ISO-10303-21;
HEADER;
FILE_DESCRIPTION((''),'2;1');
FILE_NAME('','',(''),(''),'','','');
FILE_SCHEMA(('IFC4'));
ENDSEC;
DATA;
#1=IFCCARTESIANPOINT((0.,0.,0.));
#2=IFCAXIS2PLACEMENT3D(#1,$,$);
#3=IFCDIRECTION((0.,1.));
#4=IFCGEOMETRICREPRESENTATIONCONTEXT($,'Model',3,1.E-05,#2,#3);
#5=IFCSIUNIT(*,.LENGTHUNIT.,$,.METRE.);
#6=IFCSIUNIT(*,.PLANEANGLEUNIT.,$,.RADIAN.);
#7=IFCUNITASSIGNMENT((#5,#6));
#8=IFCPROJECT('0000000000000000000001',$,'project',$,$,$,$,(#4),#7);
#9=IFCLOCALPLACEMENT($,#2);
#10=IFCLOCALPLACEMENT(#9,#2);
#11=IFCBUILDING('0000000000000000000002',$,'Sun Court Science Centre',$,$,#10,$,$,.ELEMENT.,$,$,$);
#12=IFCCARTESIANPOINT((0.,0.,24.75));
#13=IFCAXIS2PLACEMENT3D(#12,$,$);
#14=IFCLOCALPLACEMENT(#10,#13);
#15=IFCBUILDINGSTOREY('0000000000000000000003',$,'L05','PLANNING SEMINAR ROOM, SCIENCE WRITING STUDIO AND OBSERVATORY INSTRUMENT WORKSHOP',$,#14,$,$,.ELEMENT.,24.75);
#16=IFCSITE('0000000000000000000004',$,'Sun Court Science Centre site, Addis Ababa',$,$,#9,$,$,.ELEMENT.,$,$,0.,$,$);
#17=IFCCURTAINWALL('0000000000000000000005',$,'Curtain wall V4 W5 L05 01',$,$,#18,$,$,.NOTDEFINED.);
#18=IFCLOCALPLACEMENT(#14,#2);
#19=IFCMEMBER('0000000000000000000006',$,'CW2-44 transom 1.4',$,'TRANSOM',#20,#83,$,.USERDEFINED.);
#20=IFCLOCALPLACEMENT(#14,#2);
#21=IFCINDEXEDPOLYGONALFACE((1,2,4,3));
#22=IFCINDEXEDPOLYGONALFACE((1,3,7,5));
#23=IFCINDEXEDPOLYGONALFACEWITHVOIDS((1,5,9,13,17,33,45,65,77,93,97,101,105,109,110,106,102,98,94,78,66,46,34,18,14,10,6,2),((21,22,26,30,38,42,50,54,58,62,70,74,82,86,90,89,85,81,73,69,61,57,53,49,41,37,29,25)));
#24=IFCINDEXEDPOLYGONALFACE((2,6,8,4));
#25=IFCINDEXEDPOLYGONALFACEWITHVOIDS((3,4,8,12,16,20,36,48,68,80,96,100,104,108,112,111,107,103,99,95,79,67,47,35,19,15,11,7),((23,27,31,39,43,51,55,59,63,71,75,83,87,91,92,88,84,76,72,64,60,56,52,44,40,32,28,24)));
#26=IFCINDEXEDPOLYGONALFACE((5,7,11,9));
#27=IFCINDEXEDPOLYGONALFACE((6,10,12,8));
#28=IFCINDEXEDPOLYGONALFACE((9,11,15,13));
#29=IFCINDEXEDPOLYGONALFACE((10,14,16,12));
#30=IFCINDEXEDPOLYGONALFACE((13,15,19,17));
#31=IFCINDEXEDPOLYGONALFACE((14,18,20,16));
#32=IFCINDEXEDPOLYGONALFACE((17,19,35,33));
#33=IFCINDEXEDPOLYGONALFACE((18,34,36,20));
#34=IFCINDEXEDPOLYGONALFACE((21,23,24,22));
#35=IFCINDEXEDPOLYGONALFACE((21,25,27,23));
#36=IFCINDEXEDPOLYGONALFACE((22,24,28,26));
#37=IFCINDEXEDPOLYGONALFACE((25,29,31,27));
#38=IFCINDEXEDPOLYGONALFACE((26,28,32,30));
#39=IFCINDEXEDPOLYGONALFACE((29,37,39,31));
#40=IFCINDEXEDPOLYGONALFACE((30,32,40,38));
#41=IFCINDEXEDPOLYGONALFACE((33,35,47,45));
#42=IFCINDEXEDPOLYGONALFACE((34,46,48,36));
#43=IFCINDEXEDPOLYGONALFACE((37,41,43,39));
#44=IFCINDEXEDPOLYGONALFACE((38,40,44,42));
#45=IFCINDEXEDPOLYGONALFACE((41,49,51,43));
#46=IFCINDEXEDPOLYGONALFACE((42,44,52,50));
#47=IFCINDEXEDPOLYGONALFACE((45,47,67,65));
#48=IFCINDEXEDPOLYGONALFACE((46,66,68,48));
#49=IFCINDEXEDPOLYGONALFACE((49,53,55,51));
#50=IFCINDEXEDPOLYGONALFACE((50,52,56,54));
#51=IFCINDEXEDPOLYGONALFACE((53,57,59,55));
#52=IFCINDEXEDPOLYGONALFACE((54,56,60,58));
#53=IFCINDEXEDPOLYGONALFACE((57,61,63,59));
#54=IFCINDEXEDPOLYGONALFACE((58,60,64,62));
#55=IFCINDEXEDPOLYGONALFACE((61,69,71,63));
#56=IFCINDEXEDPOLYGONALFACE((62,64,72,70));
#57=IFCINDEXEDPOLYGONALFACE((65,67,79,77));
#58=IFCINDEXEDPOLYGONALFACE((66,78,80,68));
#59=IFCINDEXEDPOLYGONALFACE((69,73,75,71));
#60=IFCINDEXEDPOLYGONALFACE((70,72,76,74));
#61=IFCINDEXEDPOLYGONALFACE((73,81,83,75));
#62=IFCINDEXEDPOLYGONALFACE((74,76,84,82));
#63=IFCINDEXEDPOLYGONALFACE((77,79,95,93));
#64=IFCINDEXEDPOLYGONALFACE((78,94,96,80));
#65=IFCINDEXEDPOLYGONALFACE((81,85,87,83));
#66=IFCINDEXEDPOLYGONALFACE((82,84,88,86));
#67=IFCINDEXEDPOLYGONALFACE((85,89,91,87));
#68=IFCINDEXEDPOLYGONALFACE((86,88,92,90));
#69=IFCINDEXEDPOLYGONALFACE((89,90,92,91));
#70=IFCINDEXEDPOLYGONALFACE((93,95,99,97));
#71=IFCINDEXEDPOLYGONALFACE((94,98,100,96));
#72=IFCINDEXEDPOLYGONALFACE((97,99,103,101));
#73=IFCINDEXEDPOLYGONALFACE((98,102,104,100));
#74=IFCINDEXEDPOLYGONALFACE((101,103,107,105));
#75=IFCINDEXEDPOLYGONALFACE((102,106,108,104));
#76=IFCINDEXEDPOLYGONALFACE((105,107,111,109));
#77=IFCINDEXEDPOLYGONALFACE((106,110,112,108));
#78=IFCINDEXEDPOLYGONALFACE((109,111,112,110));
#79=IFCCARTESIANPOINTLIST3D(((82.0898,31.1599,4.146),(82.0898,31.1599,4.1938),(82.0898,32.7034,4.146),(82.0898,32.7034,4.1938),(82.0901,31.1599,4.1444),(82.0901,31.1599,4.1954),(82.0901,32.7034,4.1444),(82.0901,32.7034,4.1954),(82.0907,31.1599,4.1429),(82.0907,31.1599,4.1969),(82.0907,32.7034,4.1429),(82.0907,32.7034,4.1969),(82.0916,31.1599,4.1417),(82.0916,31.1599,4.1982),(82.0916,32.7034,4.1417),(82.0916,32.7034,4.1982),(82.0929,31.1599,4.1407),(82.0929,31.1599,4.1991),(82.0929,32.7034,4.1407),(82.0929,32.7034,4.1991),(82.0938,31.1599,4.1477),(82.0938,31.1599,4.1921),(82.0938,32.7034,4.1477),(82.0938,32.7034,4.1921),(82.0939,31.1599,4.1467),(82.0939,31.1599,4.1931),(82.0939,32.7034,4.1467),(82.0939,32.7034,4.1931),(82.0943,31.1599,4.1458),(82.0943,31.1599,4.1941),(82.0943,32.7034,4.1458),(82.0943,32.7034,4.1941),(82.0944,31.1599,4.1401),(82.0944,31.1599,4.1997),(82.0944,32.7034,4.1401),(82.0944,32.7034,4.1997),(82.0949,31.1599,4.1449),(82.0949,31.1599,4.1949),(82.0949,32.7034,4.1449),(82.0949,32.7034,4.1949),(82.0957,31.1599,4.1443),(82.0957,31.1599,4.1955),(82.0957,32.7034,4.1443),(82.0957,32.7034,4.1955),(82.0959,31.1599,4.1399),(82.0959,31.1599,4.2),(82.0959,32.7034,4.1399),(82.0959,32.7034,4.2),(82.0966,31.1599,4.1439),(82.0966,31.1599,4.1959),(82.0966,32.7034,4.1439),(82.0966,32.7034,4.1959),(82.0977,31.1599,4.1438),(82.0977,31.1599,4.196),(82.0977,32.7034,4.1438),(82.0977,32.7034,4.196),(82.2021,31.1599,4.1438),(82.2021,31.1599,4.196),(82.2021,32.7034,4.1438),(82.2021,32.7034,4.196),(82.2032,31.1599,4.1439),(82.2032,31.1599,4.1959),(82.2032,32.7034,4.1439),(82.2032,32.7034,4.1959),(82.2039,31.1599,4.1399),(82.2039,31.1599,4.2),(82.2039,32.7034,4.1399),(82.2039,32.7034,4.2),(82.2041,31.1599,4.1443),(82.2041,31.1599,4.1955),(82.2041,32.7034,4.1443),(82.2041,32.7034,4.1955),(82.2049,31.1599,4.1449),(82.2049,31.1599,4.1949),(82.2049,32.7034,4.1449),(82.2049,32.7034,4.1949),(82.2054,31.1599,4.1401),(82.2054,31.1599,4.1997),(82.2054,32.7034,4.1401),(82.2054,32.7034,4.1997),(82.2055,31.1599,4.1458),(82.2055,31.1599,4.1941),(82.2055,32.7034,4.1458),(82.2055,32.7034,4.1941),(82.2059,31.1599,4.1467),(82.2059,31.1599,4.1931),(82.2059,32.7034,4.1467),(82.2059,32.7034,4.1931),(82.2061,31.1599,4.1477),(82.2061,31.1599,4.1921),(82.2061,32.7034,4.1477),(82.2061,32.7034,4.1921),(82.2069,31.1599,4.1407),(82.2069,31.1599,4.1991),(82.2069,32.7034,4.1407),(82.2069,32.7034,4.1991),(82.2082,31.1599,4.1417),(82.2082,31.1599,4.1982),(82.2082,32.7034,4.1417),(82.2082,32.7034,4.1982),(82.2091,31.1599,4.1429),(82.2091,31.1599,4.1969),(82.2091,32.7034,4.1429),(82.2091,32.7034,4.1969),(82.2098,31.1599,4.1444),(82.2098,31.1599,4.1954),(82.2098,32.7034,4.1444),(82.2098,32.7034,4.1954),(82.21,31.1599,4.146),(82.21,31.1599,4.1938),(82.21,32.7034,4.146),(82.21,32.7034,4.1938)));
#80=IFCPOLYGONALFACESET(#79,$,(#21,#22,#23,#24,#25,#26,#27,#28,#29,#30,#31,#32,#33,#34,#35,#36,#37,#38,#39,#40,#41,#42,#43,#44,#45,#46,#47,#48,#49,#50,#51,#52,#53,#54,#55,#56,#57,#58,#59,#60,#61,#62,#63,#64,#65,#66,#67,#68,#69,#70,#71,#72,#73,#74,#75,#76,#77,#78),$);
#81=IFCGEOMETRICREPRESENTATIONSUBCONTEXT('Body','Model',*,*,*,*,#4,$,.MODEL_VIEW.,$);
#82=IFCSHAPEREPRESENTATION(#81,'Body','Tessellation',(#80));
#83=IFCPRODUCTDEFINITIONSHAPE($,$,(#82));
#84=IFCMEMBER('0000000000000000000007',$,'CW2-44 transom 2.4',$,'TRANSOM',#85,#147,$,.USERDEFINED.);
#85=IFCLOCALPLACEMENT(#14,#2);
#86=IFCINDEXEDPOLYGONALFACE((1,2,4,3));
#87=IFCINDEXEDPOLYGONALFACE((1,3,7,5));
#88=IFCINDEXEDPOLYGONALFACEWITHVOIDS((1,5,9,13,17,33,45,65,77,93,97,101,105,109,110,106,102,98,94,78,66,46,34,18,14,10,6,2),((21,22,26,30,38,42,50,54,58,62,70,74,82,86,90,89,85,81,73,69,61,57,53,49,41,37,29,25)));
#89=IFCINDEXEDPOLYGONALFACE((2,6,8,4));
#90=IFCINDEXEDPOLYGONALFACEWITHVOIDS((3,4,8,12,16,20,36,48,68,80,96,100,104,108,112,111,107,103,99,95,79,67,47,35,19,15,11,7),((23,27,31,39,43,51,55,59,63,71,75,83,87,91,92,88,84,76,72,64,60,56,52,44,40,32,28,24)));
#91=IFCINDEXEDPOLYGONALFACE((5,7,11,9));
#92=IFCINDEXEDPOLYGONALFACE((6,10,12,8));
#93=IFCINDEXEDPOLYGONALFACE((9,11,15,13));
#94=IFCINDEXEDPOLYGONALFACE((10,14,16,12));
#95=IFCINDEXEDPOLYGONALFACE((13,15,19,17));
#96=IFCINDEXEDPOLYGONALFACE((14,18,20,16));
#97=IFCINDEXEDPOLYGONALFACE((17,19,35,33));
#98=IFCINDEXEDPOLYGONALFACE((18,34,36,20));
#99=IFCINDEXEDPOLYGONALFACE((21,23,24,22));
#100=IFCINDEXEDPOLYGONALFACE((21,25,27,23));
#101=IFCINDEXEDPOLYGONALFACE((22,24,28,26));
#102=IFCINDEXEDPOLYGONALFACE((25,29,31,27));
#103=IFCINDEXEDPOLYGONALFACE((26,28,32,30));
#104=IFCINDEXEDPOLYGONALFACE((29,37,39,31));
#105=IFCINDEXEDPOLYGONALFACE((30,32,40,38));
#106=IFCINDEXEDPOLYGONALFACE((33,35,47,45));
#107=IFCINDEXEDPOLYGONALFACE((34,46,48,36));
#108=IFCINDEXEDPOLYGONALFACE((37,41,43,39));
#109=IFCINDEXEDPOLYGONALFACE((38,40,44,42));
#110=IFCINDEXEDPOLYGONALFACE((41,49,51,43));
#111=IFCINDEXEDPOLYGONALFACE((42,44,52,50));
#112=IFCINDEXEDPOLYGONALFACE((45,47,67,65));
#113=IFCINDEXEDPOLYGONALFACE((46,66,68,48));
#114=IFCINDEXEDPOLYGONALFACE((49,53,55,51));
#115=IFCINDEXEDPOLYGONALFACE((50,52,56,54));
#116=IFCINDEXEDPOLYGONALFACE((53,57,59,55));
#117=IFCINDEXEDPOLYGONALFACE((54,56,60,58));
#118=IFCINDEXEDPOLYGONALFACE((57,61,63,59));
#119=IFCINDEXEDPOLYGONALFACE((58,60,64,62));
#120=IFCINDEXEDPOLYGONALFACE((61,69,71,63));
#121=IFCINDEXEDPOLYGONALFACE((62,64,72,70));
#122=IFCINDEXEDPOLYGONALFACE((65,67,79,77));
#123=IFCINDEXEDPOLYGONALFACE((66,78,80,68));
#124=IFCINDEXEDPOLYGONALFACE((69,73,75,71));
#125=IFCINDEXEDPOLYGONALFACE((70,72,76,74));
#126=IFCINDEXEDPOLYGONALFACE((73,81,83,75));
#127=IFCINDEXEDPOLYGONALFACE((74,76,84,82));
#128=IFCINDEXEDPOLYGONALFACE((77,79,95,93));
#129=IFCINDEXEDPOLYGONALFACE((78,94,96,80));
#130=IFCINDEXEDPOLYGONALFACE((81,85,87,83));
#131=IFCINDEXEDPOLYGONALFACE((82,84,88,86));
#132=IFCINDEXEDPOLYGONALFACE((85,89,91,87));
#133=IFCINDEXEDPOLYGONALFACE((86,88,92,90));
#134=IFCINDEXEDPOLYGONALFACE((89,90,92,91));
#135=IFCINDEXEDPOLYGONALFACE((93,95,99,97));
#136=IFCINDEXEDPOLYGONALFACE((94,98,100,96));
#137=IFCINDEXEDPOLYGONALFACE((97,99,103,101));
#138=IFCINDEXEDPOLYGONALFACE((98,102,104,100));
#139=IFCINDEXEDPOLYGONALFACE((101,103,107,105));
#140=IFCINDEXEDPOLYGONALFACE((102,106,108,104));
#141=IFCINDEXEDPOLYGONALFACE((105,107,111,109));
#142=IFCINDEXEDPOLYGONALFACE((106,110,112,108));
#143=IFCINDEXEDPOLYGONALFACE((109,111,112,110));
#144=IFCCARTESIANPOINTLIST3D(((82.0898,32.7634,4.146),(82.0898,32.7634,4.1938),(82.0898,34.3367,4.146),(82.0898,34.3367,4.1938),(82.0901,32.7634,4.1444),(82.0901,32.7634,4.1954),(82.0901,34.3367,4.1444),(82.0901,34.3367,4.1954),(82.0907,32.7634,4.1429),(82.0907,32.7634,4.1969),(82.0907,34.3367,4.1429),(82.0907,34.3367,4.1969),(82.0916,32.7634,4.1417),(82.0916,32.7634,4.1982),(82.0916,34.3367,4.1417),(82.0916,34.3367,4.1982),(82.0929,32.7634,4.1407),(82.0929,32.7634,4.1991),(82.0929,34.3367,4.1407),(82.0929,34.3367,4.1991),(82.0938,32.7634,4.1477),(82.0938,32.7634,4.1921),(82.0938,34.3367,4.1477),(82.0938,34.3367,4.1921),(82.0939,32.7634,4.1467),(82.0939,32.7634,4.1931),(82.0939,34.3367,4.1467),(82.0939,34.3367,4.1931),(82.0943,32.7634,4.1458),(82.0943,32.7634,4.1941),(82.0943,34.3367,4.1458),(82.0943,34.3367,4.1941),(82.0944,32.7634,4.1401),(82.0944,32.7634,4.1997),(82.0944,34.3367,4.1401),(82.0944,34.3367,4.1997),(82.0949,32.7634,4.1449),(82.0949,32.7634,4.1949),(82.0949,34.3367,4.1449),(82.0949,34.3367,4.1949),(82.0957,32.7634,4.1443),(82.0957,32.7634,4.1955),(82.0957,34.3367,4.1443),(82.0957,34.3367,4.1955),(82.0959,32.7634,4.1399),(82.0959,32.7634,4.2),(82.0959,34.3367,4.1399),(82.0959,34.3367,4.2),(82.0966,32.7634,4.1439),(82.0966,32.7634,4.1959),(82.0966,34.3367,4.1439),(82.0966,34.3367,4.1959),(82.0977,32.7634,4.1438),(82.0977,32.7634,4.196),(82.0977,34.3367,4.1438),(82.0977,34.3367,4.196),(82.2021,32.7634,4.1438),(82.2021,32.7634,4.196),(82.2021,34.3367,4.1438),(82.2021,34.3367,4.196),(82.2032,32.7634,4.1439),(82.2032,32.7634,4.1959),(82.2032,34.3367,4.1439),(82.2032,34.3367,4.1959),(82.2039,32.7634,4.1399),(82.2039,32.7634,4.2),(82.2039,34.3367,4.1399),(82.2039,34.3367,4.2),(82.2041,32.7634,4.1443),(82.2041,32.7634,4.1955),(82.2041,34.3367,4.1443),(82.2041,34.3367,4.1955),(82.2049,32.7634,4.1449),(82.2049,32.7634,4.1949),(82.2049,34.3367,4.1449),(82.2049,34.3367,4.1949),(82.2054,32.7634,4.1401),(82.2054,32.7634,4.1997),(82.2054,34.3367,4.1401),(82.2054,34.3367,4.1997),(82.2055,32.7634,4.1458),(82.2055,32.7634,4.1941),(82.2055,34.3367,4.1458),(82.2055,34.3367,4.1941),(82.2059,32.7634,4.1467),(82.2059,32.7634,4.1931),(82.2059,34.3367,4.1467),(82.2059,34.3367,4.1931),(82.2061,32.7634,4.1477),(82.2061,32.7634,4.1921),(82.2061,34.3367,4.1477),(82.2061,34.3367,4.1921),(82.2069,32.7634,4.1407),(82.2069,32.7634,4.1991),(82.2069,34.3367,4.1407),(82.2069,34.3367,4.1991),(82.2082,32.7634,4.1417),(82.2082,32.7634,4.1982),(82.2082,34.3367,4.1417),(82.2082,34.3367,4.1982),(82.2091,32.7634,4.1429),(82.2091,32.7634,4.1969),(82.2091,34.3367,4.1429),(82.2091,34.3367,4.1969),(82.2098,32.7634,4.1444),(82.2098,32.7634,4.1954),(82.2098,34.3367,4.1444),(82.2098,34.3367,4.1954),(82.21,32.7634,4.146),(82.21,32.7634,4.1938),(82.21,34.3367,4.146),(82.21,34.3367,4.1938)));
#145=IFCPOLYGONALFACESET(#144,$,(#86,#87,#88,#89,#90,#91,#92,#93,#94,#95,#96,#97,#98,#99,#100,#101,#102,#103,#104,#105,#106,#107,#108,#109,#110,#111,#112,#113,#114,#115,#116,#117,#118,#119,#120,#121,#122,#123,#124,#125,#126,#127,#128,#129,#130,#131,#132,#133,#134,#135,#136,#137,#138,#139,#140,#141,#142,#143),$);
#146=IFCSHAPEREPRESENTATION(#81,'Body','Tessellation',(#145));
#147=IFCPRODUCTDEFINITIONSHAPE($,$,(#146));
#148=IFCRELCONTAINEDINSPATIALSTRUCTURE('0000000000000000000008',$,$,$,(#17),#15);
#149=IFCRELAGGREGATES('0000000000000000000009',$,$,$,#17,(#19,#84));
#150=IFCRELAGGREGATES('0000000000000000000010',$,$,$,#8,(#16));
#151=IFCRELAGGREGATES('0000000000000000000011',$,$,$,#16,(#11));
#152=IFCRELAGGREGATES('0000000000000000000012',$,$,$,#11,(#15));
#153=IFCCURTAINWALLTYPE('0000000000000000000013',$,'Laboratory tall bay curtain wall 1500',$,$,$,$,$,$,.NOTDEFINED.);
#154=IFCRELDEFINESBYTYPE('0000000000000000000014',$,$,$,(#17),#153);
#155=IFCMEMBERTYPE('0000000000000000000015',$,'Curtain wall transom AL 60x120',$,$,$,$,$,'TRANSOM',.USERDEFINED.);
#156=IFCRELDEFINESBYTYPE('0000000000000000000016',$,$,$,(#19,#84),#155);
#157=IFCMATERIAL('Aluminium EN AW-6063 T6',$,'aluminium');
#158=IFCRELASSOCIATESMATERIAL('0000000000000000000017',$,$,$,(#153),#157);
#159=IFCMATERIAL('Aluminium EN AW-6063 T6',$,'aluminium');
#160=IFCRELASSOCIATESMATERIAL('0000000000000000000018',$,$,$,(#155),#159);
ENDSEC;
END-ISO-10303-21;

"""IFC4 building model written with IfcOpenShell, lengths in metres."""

from ifc_helpers import new_model, si_unit, direction, frame, origin, origin_2d, place, context, subcontext, project, spatial, hollow_rectangle, extrude, material, material_profile, profile_set, type_object, element, aggregate, save


model = new_model("IFC4")

# Units and contexts
model_context = context("Model", 3, precision=1e-05, world=origin(), true_north=direction((0.0, 1.0)))
body_context = subcontext(model_context, "Body", "Model", "MODEL_VIEW")
ifc_project = project(units=[si_unit("LENGTHUNIT", "METRE"), si_unit("PLANEANGLEUNIT", "RADIAN")], contexts=[model_context])

# Site, building, storey
site_placement = place(None, origin())
site = spatial("IfcSite", under=ifc_project, at=site_placement, Name="Sun Court Science Centre site, Addis Ababa", CompositionType="ELEMENT", RefElevation=0.0)
building_placement = place(site_placement, origin())
building = spatial("IfcBuilding", under=site, at=building_placement, Name="Sun Court Science Centre", CompositionType="ELEMENT")
storey_placement = place(building_placement, frame((0.0, 0.0, 24.75)))
storey = spatial("IfcBuildingStorey", under=building, at=storey_placement, Name="L05", Description="PLANNING SEMINAR ROOM, SCIENCE WRITING STUDIO AND OBSERVATORY INSTRUMENT WORKSHOP", CompositionType="ELEMENT", Elevation=24.75)

# Curtain wall
ifc_material_1 = material(Name="Aluminium EN AW-6063 T6", Category="aluminium")
curtain_wall_type = type_object("IfcCurtainWallType", Name="Laboratory tall bay curtain wall 1500", PredefinedType="NOTDEFINED", material=ifc_material_1)
curtain_wall_1_placement = place(storey_placement, origin())
curtain_wall_1 = element("IfcCurtainWall", 1, at=curtain_wall_1_placement, inside=storey, type_object=curtain_wall_type, Name="Curtain wall V4 W5 L05 01", PredefinedType="NOTDEFINED")

# Members
ifc_material_2 = material(Name="Aluminium EN AW-6063 T6", Category="aluminium")
ifc_material_profile_1 = material_profile(ifc_material_2, hollow_rectangle(XDim=0.0601, YDim=0.1201, WallThickness=0.0039, InnerFilletRadius=0.0039, OuterFilletRadius=0.0061, at=origin_2d()), Name="AL 60x120x4")
ifc_profile_set_1 = profile_set([ifc_material_profile_1], Name="Aluminium EN AW-6063 T6")
member_type_1 = type_object("IfcMemberType", Name="Curtain wall transom AL 60x120", ElementType="TRANSOM", PredefinedType="USERDEFINED", material=ifc_profile_set_1)
member_1_placement = place(storey_placement, frame((82.1499, 31.1599, 4.1699), z_axis=(0.0, 1.0, 0.0), x_axis=(0.0, 0.0, 1.0)))
member_1 = element("IfcMember", 2, at=member_1_placement, type_object=member_type_1, Name="CW2-44 transom 1.4", ObjectType="TRANSOM", PredefinedType="USERDEFINED", context=body_context, shape_type="SweptSolid", body=[
    extrude(hollow_rectangle(XDim=0.0601, YDim=0.1201, WallThickness=0.0039, InnerFilletRadius=0.0039, OuterFilletRadius=0.0061, at=origin_2d()), origin(), (0.0, 0.0, 1.0), 1.5435),
])
member_2_placement = place(storey_placement, frame((82.1499, 32.7634, 4.1699), z_axis=(0.0, 1.0, 0.0), x_axis=(0.0, 0.0, 1.0)))
member_2 = element("IfcMember", 3, at=member_2_placement, type_object=member_type_1, Name="CW2-44 transom 2.4", ObjectType="TRANSOM", PredefinedType="USERDEFINED", context=body_context, shape_type="SweptSolid", body=[
    extrude(hollow_rectangle(XDim=0.0601, YDim=0.1201, WallThickness=0.0039, InnerFilletRadius=0.0039, OuterFilletRadius=0.0061, at=origin_2d()), origin(), (0.0, 0.0, 1.0), 1.5732),
])

aggregate(curtain_wall_1, [member_1, member_2])

save(model, "model.ifc")
